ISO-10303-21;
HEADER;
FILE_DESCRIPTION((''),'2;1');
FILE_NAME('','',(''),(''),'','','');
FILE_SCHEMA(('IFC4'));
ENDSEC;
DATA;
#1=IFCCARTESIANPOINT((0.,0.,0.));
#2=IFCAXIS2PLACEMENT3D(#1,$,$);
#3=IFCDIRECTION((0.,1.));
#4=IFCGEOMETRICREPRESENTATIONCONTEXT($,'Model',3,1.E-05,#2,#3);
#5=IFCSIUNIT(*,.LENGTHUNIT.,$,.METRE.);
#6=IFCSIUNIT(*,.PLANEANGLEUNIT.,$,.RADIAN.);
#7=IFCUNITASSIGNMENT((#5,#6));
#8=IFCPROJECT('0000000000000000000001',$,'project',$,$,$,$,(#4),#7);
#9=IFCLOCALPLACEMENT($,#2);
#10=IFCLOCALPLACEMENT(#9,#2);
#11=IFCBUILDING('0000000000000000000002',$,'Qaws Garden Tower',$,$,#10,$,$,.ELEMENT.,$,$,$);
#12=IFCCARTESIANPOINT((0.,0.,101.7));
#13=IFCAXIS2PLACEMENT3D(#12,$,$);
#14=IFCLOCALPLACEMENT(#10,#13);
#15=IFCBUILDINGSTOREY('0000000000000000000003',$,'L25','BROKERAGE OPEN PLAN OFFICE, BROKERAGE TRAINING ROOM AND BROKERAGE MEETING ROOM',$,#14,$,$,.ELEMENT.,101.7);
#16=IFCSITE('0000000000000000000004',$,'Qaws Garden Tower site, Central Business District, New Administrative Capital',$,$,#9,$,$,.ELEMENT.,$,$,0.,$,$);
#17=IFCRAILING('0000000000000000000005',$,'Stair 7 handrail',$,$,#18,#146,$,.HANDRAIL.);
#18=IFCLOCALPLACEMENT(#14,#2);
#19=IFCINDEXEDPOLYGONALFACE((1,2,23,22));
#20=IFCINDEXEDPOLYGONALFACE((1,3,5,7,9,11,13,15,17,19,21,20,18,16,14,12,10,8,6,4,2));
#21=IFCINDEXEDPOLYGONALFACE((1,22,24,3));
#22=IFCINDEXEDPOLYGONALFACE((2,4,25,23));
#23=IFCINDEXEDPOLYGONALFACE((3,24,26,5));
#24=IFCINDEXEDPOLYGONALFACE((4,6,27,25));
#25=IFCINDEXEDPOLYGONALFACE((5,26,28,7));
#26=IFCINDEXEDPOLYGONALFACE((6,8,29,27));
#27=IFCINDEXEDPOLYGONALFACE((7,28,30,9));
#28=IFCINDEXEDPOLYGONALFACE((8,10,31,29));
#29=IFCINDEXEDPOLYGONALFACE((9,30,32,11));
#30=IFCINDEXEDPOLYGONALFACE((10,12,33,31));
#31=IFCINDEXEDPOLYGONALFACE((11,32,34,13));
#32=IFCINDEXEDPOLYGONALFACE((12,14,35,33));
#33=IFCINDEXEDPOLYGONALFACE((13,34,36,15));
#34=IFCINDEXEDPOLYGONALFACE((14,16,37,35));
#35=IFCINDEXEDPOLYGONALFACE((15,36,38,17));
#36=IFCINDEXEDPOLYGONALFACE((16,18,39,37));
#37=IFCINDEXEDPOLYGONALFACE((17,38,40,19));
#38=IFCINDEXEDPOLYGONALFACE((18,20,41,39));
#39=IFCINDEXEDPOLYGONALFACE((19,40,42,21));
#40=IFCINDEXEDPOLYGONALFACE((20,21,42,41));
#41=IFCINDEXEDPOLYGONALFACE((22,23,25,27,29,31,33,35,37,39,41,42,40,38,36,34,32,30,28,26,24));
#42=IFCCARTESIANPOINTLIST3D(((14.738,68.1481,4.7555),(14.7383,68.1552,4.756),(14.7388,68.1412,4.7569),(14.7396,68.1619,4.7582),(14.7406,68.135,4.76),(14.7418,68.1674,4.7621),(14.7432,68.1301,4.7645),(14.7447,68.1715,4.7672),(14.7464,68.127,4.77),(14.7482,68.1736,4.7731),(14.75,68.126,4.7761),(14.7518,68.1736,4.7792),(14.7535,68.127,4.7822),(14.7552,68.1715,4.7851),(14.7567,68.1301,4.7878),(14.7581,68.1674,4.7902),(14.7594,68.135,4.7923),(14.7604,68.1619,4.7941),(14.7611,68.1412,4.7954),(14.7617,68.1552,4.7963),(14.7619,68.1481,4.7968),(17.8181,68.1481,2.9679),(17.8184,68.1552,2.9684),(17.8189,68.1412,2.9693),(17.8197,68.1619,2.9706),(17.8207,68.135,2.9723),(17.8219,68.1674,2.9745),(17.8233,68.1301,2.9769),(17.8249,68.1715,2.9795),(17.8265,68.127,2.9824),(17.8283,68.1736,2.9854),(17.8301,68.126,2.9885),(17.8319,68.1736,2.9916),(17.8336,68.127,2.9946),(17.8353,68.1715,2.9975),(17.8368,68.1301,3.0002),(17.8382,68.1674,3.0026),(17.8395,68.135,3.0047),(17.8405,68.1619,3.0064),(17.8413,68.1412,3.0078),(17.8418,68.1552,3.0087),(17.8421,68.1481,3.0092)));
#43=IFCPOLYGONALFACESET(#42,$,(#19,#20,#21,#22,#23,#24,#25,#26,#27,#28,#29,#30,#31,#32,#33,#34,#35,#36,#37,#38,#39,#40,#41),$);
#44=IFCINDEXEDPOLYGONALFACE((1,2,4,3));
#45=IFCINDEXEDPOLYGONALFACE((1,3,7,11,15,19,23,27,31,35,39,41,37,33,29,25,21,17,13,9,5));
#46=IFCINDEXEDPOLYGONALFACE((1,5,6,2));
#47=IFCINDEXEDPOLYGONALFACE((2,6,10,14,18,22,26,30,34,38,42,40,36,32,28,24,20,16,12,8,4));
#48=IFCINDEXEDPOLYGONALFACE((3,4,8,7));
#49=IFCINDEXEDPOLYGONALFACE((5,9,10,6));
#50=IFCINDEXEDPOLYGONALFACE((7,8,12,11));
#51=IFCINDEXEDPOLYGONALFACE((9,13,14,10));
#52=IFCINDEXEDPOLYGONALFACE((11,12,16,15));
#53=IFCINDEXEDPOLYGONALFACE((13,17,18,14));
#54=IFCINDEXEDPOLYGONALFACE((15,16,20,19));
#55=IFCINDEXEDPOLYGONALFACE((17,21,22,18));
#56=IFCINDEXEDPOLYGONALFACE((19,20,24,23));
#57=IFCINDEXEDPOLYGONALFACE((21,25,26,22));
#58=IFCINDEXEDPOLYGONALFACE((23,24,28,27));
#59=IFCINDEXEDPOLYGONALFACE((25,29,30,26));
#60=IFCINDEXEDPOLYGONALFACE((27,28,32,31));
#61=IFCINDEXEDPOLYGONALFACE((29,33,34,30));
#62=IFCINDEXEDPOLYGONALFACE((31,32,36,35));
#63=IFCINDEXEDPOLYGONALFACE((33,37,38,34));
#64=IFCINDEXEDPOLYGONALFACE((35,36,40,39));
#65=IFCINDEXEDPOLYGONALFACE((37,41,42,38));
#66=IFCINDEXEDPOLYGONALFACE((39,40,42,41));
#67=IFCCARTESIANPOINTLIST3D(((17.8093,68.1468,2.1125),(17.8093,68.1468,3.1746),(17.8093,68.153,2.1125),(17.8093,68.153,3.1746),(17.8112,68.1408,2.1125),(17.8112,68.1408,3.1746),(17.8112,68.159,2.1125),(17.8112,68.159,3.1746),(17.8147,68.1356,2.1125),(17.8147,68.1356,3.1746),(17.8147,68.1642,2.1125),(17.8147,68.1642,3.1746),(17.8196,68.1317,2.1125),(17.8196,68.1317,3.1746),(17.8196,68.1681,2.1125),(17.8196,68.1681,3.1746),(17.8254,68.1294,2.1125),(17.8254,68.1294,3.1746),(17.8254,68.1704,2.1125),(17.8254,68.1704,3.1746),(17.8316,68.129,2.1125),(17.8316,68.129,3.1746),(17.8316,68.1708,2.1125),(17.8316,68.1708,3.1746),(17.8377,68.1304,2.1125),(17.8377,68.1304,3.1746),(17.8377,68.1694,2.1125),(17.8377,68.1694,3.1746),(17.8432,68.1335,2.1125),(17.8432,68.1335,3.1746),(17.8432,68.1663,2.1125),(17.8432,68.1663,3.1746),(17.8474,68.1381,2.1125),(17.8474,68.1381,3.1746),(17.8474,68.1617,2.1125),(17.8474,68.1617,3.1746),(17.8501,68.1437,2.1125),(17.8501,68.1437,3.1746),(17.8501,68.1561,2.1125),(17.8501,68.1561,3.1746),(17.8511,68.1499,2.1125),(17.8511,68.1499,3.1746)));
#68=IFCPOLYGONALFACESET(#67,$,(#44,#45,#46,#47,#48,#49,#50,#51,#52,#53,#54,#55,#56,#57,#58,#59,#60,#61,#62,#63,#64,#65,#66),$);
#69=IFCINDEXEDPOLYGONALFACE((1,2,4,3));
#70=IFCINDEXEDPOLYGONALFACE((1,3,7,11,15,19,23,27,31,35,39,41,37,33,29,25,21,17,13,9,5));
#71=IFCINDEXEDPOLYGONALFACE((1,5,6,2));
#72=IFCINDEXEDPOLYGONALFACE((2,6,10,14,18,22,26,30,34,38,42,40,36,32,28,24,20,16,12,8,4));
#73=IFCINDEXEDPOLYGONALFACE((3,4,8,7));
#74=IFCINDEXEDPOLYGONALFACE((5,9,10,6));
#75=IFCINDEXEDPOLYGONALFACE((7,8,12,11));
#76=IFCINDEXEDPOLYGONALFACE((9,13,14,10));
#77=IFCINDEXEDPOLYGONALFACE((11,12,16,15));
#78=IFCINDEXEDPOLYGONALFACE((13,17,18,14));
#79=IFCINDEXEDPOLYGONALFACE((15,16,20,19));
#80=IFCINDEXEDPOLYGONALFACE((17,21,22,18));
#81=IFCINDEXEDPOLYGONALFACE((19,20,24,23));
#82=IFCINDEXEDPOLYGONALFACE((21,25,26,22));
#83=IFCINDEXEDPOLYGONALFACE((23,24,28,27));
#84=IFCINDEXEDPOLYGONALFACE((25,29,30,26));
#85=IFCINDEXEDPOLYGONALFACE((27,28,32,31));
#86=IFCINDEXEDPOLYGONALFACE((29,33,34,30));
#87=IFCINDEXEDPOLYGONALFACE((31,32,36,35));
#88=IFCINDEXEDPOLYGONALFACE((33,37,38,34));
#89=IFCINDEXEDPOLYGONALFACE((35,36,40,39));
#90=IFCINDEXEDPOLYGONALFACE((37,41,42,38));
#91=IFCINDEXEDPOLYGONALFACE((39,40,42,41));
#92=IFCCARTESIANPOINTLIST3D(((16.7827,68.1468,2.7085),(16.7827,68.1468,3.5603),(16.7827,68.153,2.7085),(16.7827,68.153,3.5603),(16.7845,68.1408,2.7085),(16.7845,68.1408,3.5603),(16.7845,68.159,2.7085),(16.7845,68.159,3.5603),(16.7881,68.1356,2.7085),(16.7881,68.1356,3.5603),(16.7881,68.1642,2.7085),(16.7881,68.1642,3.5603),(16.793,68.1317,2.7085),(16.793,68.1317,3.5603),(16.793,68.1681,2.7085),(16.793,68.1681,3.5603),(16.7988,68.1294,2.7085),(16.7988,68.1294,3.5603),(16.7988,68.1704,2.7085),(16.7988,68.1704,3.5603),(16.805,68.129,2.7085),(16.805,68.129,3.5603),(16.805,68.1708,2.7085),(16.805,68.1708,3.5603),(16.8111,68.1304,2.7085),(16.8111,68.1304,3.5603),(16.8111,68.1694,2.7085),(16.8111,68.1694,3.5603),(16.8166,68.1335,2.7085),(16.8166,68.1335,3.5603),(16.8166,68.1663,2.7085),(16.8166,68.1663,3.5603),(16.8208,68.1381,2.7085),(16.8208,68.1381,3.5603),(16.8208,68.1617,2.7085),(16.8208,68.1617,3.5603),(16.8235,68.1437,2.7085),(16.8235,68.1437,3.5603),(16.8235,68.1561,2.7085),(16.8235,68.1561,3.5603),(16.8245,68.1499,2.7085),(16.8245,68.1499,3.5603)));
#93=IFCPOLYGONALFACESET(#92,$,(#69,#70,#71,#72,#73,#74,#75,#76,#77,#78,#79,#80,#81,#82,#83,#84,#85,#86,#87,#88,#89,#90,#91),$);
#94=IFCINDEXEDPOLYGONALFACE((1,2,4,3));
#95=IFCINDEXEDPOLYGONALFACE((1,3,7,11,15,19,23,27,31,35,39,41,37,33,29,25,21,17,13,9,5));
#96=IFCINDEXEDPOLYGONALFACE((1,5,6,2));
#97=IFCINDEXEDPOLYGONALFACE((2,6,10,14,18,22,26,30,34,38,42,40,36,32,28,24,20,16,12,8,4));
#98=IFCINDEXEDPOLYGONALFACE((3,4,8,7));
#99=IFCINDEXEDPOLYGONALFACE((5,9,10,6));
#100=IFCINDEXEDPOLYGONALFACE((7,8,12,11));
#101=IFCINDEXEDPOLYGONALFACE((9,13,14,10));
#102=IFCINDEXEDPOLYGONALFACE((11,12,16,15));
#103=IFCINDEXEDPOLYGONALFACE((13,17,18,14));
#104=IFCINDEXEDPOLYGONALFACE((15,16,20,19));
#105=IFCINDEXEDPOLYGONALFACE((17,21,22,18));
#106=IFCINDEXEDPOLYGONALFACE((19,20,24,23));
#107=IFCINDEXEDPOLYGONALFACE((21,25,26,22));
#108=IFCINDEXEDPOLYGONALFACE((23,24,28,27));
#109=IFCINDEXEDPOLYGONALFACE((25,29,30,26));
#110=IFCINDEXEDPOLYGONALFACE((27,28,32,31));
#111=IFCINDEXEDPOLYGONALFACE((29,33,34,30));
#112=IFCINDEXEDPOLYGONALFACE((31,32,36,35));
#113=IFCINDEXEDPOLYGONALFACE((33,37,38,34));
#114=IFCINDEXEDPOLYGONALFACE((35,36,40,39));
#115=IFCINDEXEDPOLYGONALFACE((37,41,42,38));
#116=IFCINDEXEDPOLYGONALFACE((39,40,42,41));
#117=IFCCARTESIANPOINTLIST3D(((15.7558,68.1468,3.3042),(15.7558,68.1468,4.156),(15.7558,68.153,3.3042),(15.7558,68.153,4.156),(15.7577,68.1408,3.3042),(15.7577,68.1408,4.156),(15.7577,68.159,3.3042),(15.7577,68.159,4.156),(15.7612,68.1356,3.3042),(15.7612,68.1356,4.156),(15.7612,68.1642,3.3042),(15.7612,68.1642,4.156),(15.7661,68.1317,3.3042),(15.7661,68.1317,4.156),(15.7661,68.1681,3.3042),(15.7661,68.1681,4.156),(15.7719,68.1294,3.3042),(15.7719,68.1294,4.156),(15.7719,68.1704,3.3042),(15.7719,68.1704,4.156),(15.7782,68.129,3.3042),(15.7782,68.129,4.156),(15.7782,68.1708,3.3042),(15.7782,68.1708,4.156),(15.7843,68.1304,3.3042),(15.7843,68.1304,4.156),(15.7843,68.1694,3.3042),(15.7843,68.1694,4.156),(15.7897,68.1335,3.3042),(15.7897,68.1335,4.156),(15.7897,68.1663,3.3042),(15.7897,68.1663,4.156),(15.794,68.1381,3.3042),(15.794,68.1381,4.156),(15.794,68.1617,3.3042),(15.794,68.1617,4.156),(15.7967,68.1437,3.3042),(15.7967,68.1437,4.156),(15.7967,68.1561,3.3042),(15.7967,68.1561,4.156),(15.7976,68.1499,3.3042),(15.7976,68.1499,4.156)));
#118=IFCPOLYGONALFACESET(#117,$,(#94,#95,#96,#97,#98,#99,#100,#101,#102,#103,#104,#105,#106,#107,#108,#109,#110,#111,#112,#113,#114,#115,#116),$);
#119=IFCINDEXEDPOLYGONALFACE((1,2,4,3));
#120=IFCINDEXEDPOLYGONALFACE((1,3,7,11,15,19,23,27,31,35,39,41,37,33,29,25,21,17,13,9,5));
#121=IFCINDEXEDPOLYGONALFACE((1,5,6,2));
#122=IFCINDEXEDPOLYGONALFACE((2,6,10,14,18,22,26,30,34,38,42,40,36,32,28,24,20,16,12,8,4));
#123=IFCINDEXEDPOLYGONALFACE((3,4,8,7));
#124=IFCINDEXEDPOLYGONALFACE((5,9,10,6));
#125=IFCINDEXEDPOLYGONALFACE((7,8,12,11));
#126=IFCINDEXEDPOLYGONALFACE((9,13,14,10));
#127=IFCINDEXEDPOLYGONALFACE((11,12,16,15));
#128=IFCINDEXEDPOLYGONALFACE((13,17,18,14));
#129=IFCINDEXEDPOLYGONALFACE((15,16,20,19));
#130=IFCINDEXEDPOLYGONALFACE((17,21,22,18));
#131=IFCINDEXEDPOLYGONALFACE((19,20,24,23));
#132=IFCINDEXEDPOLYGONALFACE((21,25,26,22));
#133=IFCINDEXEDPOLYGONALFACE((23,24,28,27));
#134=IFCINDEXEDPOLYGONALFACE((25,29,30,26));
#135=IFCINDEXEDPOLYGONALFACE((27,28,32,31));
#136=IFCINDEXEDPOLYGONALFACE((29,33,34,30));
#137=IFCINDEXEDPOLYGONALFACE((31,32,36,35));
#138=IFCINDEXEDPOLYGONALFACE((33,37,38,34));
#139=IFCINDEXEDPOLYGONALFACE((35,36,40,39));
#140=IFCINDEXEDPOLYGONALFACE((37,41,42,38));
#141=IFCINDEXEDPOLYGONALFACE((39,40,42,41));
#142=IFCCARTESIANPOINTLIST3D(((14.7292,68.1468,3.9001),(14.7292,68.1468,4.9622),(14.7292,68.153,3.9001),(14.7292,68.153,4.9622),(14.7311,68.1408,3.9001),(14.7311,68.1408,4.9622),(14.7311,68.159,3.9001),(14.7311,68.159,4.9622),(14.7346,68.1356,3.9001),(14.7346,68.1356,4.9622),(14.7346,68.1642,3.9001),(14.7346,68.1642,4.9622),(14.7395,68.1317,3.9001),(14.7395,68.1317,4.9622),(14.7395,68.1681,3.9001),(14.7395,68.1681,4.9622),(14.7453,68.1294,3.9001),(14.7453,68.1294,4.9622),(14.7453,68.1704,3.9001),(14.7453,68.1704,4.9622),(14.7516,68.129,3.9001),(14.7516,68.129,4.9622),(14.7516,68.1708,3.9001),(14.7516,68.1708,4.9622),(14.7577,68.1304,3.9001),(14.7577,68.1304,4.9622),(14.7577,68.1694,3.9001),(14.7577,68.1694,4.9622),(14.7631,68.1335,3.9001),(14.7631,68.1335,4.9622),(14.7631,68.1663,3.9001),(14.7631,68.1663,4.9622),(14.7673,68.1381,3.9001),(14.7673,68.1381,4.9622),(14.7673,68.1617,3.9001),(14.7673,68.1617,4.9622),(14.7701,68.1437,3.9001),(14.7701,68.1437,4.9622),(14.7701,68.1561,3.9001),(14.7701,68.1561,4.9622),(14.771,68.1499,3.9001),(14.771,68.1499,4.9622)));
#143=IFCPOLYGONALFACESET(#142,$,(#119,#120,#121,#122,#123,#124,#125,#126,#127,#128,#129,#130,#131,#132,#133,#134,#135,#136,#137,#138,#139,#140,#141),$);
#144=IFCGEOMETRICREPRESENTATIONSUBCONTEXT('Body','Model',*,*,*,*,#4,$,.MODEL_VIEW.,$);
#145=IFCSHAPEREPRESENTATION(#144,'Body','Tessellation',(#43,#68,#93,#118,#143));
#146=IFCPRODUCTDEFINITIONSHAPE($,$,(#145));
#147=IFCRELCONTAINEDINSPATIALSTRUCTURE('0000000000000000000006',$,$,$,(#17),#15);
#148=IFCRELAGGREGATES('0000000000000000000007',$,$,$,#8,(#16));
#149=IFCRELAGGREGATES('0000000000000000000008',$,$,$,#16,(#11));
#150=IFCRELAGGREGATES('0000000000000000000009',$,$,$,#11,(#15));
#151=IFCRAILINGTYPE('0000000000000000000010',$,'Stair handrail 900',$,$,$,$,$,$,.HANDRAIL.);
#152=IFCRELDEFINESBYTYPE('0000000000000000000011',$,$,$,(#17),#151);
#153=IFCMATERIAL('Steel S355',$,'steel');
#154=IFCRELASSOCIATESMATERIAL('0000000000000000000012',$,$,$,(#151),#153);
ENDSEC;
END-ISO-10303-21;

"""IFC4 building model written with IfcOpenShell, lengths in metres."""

from ifc_helpers import new_model, si_unit, direction, frame, origin, origin_2d, place, context, subcontext, project, spatial, circle, extrude, material, type_object, element, save


model = new_model("IFC4")

# Units and contexts
model_context = context("Model", 3, precision=1e-05, world=origin(), true_north=direction((0.0, 1.0)))
body_context = subcontext(model_context, "Body", "Model", "MODEL_VIEW")
ifc_project = project(units=[si_unit("LENGTHUNIT", "METRE"), si_unit("PLANEANGLEUNIT", "RADIAN")], contexts=[model_context])

# Site, building, storey
site_placement = place(None, origin())
site = spatial("IfcSite", under=ifc_project, at=site_placement, Name="Qaws Garden Tower site, Central Business District, New Administrative Capital", CompositionType="ELEMENT", RefElevation=0.0)
building_placement = place(site_placement, origin())
building = spatial("IfcBuilding", under=site, at=building_placement, Name="Qaws Garden Tower", CompositionType="ELEMENT")
storey_placement = place(building_placement, frame((0.0, 0.0, 101.7)))
storey = spatial("IfcBuildingStorey", under=building, at=storey_placement, Name="L25", Description="BROKERAGE OPEN PLAN OFFICE, BROKERAGE TRAINING ROOM AND BROKERAGE MEETING ROOM", CompositionType="ELEMENT", Elevation=101.7)

# Railing
ifc_material_1 = material(Name="Steel S355", Category="steel")
railing_type = type_object("IfcRailingType", Name="Stair handrail 900", PredefinedType="HANDRAIL", material=ifc_material_1)
railing_1_placement = place(storey_placement, frame((17.8301, 68.1499, 2.1125)))
element("IfcRailing", 1, at=railing_1_placement, inside=storey, type_object=railing_type, Name="Stair 7 handrail", PredefinedType="HANDRAIL", context=body_context, shape_type="SweptSolid", body=[
    extrude(circle(Radius=0.0239, at=origin_2d()), frame((0.0, 0.0, 0.876), z_axis=(-0.864891, 0.0, 0.50196), x_axis=(0.0, -1.0, 0.0)), (0.0, 0.0, 1.0), 3.5613),
    extrude(circle(Radius=0.021, at=origin_2d()), origin(), (0.0, 0.0, 1.0), 1.062),
    extrude(circle(Radius=0.021, at=origin_2d()), frame((-1.0266, 0.0, 0.5959)), (0.0, 0.0, 1.0), 0.8518),
    extrude(circle(Radius=0.021, at=origin_2d()), frame((-2.0535, 0.0, 1.1917)), (0.0, 0.0, 1.0), 0.8518),
    extrude(circle(Radius=0.021, at=origin_2d()), frame((-3.0801, 0.0, 1.7876)), (0.0, 0.0, 1.0), 1.062),
])

save(model, "model.ifc")
